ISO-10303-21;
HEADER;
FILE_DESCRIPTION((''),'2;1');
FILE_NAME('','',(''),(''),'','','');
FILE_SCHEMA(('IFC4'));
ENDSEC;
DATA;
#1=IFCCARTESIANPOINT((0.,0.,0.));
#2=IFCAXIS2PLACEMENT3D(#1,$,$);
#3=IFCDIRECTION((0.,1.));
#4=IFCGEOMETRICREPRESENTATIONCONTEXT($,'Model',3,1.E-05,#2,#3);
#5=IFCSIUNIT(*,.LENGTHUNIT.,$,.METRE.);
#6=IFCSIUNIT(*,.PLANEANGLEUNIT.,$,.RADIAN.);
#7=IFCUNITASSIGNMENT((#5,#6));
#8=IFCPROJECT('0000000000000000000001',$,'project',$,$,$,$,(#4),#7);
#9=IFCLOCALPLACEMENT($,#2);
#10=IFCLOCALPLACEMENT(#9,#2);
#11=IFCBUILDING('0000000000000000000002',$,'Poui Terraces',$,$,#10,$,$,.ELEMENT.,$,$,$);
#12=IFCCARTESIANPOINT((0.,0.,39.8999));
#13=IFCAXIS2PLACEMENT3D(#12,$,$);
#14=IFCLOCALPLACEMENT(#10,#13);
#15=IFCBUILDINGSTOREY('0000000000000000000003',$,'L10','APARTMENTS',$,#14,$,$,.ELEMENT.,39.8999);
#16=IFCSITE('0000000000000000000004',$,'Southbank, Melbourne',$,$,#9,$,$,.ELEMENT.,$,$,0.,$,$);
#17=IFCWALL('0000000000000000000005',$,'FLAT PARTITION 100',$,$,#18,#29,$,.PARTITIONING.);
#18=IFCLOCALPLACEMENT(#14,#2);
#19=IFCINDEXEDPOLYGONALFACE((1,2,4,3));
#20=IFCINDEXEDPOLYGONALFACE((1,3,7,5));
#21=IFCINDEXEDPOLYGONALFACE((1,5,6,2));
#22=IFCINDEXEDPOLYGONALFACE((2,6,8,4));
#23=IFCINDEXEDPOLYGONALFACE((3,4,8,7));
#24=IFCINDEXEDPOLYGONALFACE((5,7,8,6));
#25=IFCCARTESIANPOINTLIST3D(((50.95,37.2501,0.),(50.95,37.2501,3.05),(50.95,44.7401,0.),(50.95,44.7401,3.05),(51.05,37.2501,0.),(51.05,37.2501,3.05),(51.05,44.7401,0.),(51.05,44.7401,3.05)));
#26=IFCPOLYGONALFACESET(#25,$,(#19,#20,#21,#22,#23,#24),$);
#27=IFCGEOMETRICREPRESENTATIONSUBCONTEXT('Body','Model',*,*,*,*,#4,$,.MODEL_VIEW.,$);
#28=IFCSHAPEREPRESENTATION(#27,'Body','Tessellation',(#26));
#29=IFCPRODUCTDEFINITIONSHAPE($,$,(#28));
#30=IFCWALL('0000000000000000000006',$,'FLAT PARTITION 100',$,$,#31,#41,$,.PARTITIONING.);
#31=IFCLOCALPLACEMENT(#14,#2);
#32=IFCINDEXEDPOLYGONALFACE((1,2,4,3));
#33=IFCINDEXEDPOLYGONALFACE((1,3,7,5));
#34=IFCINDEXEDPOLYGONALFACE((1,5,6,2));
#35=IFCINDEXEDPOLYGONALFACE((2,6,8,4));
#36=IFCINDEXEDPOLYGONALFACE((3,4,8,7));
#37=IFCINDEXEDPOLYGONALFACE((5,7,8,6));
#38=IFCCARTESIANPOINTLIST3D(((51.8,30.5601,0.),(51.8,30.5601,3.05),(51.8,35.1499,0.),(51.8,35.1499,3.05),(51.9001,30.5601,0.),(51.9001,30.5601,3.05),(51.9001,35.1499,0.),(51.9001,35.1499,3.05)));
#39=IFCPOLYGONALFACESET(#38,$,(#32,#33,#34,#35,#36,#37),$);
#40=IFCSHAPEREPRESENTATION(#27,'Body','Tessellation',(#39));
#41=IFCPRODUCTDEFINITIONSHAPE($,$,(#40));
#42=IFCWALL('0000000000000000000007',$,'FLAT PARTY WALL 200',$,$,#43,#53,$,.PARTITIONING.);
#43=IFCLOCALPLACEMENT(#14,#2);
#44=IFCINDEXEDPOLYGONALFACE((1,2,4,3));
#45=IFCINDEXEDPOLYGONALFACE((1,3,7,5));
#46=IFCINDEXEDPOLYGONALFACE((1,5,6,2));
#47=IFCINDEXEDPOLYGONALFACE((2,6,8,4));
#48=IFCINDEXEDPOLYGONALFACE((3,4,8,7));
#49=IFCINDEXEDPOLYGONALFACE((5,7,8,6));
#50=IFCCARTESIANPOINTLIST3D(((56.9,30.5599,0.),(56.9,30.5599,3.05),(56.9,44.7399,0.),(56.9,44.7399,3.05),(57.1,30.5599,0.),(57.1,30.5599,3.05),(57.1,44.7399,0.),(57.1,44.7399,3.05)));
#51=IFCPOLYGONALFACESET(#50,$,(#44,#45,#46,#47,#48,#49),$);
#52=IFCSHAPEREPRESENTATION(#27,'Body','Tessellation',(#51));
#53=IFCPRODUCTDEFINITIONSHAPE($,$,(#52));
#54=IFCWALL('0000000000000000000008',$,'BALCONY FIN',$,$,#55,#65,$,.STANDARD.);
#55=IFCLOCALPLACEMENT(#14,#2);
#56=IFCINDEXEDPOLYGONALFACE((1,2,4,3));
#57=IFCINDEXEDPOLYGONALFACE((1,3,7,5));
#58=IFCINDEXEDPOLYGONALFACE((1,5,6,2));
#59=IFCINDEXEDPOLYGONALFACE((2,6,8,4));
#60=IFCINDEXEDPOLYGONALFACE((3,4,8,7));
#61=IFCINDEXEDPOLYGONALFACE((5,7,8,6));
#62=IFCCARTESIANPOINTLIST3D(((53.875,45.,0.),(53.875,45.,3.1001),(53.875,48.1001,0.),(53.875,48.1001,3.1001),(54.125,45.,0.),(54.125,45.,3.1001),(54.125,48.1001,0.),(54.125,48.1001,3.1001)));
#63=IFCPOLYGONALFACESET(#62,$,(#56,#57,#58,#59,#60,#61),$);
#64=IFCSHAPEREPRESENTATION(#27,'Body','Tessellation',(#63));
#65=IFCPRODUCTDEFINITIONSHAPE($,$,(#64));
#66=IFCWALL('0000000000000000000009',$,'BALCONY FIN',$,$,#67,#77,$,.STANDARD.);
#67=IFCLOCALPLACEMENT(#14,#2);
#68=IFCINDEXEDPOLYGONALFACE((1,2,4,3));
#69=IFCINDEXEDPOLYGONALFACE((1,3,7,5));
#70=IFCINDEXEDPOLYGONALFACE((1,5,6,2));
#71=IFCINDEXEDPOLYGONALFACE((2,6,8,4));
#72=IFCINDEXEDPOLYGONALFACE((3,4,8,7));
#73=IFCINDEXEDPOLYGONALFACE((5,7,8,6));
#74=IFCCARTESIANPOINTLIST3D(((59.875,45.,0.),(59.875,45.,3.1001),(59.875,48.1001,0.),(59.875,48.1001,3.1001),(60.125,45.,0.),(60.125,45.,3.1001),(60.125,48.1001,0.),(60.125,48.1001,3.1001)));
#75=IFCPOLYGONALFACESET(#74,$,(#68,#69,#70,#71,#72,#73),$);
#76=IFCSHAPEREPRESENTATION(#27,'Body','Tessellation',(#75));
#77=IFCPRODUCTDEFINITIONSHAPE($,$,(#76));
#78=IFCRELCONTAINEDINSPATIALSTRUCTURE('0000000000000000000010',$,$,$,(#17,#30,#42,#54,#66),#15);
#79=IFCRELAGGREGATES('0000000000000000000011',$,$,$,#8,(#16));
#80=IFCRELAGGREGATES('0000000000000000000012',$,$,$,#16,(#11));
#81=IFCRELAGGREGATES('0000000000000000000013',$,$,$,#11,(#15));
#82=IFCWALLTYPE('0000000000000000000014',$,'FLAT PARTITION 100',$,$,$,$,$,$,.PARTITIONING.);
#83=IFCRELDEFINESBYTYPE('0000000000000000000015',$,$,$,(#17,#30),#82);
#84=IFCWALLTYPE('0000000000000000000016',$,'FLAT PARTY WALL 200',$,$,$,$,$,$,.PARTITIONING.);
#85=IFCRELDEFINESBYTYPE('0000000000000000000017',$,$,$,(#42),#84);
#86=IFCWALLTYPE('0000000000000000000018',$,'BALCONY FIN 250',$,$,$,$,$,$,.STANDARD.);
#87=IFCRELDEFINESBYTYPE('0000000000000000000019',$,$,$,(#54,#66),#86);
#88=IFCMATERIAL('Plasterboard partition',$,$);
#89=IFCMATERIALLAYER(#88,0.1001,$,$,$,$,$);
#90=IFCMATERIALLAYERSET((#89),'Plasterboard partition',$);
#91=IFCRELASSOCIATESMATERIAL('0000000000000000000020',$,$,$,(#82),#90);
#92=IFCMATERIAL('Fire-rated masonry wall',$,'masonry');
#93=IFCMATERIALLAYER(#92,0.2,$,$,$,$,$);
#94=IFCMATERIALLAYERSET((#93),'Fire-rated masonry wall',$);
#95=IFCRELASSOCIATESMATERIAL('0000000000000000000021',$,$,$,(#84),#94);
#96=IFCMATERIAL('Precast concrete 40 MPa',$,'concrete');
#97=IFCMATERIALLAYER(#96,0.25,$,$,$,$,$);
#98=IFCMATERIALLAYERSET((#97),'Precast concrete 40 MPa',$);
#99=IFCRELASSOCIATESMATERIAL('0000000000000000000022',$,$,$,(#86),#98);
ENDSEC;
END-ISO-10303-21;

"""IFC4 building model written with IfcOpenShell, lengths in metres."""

from ifc_helpers import new_model, si_unit, direction, frame, frame_2d, origin, place, context, subcontext, project, spatial, polyline, rectangle, outline, extrude, source, transform, mapped, material, layer, layer_set, type_object, element, save


model = new_model("IFC4")

# Units and contexts
model_context = context("Model", 3, precision=1e-05, world=origin(), true_north=direction((0.0, 1.0)))
body_context = subcontext(model_context, "Body", "Model", "MODEL_VIEW")
ifc_project = project(units=[si_unit("LENGTHUNIT", "METRE"), si_unit("PLANEANGLEUNIT", "RADIAN")], contexts=[model_context])

# Site, building, storey
site_placement = place(None, origin())
site = spatial("IfcSite", under=ifc_project, at=site_placement, Name="Southbank, Melbourne", CompositionType="ELEMENT", RefElevation=0.0)
building_placement = place(site_placement, origin())
building = spatial("IfcBuilding", under=site, at=building_placement, Name="Poui Terraces", CompositionType="ELEMENT")
storey_placement = place(building_placement, frame((0.0, 0.0, 39.8999)))
storey = spatial("IfcBuildingStorey", under=building, at=storey_placement, Name="L10", Description="APARTMENTS", CompositionType="ELEMENT", Elevation=39.8999)

# Shared definitions
ifc_material_1 = material(Name="Plasterboard partition")
ifc_layer_1 = layer(ifc_material_1, 0.1001)
ifc_layer_set_1 = layer_set([ifc_layer_1], Name="Plasterboard partition")
wall_type_1 = type_object("IfcWallType", Name="FLAT PARTITION 100", PredefinedType="PARTITIONING", material=ifc_layer_set_1)

# Walls
wall_1_placement = place(storey_placement, frame((51.0, 37.25, 0.0), z_axis=(0.0, 0.0, 1.0), x_axis=(0.0, 1.0, 0.0)))
element("IfcWall", 1, at=wall_1_placement, inside=storey, type_object=wall_type_1, Name="FLAT PARTITION 100", PredefinedType="PARTITIONING", context=body_context, shape_type="SweptSolid", body=[
    extrude(rectangle(XDim=7.49, YDim=0.1001, at=frame_2d((3.7451, 0.0))), origin(), (0.0, 0.0, 1.0), 3.05),
])
wall_2_placement = place(storey_placement, frame((51.8501, 30.5601, 0.0), z_axis=(0.0, 0.0, 1.0), x_axis=(0.0, 1.0, 0.0)))
element("IfcWall", 2, at=wall_2_placement, inside=storey, type_object=wall_type_1, Name="FLAT PARTITION 100", PredefinedType="PARTITIONING", context=body_context, shape_type="SweptSolid", body=[
    extrude(rectangle(XDim=4.5898, YDim=0.1001, at=frame_2d((2.2949, 0.0))), origin(), (0.0, 0.0, 1.0), 3.05),
])
ifc_material_2 = material(Name="Fire-rated masonry wall", Category="masonry")
ifc_layer_2 = layer(ifc_material_2, 0.2)
ifc_layer_set_2 = layer_set([ifc_layer_2], Name="Fire-rated masonry wall")
wall_type_2 = type_object("IfcWallType", Name="FLAT PARTY WALL 200", PredefinedType="PARTITIONING", material=ifc_layer_set_2)
wall_3_placement = place(storey_placement, frame((57.0, 30.5601, 0.0), z_axis=(0.0, 0.0, 1.0), x_axis=(0.0, 1.0, 0.0)))
element("IfcWall", 3, at=wall_3_placement, inside=storey, type_object=wall_type_2, Name="FLAT PARTY WALL 200", PredefinedType="PARTITIONING", context=body_context, shape_type="SweptSolid", body=[
    extrude(rectangle(XDim=14.1799, YDim=0.2, at=frame_2d((7.0898, 0.0))), origin(), (0.0, 0.0, 1.0), 3.05),
])
ifc_material_3 = material(Name="Precast concrete 40 MPa", Category="concrete")
ifc_layer_3 = layer(ifc_material_3, 0.25)
ifc_layer_set_3 = layer_set([ifc_layer_3], Name="Precast concrete 40 MPa")
wall_type_3 = type_object("IfcWallType", Name="BALCONY FIN 250", PredefinedType="STANDARD", material=ifc_layer_set_3)
shared_shape_1 = source(origin(), body_context, "Body", "SweptSolid", [
    extrude(outline(polyline([(0.0, 0.0), (0.25, 0.0), (0.25, 3.1001), (0.0, 3.1001), (0.0, 0.0)])), origin(), (0.0, 0.0, 1.0), 3.1001),
])
for number, where, name in (
    (4, (53.875, 45.0, 0.0), "BALCONY FIN"),
    (5, (59.875, 45.0, 0.0), "BALCONY FIN"),
):
    element("IfcWall", number, at=place(storey_placement, frame(where)), inside=storey, type_object=wall_type_3, Name=name, PredefinedType="STANDARD", context=body_context, shape_type="MappedRepresentation", body=[
        mapped(shared_shape_1, transform((0.0, 0.0, 0.0))),
    ])

save(model, "model.ifc")
